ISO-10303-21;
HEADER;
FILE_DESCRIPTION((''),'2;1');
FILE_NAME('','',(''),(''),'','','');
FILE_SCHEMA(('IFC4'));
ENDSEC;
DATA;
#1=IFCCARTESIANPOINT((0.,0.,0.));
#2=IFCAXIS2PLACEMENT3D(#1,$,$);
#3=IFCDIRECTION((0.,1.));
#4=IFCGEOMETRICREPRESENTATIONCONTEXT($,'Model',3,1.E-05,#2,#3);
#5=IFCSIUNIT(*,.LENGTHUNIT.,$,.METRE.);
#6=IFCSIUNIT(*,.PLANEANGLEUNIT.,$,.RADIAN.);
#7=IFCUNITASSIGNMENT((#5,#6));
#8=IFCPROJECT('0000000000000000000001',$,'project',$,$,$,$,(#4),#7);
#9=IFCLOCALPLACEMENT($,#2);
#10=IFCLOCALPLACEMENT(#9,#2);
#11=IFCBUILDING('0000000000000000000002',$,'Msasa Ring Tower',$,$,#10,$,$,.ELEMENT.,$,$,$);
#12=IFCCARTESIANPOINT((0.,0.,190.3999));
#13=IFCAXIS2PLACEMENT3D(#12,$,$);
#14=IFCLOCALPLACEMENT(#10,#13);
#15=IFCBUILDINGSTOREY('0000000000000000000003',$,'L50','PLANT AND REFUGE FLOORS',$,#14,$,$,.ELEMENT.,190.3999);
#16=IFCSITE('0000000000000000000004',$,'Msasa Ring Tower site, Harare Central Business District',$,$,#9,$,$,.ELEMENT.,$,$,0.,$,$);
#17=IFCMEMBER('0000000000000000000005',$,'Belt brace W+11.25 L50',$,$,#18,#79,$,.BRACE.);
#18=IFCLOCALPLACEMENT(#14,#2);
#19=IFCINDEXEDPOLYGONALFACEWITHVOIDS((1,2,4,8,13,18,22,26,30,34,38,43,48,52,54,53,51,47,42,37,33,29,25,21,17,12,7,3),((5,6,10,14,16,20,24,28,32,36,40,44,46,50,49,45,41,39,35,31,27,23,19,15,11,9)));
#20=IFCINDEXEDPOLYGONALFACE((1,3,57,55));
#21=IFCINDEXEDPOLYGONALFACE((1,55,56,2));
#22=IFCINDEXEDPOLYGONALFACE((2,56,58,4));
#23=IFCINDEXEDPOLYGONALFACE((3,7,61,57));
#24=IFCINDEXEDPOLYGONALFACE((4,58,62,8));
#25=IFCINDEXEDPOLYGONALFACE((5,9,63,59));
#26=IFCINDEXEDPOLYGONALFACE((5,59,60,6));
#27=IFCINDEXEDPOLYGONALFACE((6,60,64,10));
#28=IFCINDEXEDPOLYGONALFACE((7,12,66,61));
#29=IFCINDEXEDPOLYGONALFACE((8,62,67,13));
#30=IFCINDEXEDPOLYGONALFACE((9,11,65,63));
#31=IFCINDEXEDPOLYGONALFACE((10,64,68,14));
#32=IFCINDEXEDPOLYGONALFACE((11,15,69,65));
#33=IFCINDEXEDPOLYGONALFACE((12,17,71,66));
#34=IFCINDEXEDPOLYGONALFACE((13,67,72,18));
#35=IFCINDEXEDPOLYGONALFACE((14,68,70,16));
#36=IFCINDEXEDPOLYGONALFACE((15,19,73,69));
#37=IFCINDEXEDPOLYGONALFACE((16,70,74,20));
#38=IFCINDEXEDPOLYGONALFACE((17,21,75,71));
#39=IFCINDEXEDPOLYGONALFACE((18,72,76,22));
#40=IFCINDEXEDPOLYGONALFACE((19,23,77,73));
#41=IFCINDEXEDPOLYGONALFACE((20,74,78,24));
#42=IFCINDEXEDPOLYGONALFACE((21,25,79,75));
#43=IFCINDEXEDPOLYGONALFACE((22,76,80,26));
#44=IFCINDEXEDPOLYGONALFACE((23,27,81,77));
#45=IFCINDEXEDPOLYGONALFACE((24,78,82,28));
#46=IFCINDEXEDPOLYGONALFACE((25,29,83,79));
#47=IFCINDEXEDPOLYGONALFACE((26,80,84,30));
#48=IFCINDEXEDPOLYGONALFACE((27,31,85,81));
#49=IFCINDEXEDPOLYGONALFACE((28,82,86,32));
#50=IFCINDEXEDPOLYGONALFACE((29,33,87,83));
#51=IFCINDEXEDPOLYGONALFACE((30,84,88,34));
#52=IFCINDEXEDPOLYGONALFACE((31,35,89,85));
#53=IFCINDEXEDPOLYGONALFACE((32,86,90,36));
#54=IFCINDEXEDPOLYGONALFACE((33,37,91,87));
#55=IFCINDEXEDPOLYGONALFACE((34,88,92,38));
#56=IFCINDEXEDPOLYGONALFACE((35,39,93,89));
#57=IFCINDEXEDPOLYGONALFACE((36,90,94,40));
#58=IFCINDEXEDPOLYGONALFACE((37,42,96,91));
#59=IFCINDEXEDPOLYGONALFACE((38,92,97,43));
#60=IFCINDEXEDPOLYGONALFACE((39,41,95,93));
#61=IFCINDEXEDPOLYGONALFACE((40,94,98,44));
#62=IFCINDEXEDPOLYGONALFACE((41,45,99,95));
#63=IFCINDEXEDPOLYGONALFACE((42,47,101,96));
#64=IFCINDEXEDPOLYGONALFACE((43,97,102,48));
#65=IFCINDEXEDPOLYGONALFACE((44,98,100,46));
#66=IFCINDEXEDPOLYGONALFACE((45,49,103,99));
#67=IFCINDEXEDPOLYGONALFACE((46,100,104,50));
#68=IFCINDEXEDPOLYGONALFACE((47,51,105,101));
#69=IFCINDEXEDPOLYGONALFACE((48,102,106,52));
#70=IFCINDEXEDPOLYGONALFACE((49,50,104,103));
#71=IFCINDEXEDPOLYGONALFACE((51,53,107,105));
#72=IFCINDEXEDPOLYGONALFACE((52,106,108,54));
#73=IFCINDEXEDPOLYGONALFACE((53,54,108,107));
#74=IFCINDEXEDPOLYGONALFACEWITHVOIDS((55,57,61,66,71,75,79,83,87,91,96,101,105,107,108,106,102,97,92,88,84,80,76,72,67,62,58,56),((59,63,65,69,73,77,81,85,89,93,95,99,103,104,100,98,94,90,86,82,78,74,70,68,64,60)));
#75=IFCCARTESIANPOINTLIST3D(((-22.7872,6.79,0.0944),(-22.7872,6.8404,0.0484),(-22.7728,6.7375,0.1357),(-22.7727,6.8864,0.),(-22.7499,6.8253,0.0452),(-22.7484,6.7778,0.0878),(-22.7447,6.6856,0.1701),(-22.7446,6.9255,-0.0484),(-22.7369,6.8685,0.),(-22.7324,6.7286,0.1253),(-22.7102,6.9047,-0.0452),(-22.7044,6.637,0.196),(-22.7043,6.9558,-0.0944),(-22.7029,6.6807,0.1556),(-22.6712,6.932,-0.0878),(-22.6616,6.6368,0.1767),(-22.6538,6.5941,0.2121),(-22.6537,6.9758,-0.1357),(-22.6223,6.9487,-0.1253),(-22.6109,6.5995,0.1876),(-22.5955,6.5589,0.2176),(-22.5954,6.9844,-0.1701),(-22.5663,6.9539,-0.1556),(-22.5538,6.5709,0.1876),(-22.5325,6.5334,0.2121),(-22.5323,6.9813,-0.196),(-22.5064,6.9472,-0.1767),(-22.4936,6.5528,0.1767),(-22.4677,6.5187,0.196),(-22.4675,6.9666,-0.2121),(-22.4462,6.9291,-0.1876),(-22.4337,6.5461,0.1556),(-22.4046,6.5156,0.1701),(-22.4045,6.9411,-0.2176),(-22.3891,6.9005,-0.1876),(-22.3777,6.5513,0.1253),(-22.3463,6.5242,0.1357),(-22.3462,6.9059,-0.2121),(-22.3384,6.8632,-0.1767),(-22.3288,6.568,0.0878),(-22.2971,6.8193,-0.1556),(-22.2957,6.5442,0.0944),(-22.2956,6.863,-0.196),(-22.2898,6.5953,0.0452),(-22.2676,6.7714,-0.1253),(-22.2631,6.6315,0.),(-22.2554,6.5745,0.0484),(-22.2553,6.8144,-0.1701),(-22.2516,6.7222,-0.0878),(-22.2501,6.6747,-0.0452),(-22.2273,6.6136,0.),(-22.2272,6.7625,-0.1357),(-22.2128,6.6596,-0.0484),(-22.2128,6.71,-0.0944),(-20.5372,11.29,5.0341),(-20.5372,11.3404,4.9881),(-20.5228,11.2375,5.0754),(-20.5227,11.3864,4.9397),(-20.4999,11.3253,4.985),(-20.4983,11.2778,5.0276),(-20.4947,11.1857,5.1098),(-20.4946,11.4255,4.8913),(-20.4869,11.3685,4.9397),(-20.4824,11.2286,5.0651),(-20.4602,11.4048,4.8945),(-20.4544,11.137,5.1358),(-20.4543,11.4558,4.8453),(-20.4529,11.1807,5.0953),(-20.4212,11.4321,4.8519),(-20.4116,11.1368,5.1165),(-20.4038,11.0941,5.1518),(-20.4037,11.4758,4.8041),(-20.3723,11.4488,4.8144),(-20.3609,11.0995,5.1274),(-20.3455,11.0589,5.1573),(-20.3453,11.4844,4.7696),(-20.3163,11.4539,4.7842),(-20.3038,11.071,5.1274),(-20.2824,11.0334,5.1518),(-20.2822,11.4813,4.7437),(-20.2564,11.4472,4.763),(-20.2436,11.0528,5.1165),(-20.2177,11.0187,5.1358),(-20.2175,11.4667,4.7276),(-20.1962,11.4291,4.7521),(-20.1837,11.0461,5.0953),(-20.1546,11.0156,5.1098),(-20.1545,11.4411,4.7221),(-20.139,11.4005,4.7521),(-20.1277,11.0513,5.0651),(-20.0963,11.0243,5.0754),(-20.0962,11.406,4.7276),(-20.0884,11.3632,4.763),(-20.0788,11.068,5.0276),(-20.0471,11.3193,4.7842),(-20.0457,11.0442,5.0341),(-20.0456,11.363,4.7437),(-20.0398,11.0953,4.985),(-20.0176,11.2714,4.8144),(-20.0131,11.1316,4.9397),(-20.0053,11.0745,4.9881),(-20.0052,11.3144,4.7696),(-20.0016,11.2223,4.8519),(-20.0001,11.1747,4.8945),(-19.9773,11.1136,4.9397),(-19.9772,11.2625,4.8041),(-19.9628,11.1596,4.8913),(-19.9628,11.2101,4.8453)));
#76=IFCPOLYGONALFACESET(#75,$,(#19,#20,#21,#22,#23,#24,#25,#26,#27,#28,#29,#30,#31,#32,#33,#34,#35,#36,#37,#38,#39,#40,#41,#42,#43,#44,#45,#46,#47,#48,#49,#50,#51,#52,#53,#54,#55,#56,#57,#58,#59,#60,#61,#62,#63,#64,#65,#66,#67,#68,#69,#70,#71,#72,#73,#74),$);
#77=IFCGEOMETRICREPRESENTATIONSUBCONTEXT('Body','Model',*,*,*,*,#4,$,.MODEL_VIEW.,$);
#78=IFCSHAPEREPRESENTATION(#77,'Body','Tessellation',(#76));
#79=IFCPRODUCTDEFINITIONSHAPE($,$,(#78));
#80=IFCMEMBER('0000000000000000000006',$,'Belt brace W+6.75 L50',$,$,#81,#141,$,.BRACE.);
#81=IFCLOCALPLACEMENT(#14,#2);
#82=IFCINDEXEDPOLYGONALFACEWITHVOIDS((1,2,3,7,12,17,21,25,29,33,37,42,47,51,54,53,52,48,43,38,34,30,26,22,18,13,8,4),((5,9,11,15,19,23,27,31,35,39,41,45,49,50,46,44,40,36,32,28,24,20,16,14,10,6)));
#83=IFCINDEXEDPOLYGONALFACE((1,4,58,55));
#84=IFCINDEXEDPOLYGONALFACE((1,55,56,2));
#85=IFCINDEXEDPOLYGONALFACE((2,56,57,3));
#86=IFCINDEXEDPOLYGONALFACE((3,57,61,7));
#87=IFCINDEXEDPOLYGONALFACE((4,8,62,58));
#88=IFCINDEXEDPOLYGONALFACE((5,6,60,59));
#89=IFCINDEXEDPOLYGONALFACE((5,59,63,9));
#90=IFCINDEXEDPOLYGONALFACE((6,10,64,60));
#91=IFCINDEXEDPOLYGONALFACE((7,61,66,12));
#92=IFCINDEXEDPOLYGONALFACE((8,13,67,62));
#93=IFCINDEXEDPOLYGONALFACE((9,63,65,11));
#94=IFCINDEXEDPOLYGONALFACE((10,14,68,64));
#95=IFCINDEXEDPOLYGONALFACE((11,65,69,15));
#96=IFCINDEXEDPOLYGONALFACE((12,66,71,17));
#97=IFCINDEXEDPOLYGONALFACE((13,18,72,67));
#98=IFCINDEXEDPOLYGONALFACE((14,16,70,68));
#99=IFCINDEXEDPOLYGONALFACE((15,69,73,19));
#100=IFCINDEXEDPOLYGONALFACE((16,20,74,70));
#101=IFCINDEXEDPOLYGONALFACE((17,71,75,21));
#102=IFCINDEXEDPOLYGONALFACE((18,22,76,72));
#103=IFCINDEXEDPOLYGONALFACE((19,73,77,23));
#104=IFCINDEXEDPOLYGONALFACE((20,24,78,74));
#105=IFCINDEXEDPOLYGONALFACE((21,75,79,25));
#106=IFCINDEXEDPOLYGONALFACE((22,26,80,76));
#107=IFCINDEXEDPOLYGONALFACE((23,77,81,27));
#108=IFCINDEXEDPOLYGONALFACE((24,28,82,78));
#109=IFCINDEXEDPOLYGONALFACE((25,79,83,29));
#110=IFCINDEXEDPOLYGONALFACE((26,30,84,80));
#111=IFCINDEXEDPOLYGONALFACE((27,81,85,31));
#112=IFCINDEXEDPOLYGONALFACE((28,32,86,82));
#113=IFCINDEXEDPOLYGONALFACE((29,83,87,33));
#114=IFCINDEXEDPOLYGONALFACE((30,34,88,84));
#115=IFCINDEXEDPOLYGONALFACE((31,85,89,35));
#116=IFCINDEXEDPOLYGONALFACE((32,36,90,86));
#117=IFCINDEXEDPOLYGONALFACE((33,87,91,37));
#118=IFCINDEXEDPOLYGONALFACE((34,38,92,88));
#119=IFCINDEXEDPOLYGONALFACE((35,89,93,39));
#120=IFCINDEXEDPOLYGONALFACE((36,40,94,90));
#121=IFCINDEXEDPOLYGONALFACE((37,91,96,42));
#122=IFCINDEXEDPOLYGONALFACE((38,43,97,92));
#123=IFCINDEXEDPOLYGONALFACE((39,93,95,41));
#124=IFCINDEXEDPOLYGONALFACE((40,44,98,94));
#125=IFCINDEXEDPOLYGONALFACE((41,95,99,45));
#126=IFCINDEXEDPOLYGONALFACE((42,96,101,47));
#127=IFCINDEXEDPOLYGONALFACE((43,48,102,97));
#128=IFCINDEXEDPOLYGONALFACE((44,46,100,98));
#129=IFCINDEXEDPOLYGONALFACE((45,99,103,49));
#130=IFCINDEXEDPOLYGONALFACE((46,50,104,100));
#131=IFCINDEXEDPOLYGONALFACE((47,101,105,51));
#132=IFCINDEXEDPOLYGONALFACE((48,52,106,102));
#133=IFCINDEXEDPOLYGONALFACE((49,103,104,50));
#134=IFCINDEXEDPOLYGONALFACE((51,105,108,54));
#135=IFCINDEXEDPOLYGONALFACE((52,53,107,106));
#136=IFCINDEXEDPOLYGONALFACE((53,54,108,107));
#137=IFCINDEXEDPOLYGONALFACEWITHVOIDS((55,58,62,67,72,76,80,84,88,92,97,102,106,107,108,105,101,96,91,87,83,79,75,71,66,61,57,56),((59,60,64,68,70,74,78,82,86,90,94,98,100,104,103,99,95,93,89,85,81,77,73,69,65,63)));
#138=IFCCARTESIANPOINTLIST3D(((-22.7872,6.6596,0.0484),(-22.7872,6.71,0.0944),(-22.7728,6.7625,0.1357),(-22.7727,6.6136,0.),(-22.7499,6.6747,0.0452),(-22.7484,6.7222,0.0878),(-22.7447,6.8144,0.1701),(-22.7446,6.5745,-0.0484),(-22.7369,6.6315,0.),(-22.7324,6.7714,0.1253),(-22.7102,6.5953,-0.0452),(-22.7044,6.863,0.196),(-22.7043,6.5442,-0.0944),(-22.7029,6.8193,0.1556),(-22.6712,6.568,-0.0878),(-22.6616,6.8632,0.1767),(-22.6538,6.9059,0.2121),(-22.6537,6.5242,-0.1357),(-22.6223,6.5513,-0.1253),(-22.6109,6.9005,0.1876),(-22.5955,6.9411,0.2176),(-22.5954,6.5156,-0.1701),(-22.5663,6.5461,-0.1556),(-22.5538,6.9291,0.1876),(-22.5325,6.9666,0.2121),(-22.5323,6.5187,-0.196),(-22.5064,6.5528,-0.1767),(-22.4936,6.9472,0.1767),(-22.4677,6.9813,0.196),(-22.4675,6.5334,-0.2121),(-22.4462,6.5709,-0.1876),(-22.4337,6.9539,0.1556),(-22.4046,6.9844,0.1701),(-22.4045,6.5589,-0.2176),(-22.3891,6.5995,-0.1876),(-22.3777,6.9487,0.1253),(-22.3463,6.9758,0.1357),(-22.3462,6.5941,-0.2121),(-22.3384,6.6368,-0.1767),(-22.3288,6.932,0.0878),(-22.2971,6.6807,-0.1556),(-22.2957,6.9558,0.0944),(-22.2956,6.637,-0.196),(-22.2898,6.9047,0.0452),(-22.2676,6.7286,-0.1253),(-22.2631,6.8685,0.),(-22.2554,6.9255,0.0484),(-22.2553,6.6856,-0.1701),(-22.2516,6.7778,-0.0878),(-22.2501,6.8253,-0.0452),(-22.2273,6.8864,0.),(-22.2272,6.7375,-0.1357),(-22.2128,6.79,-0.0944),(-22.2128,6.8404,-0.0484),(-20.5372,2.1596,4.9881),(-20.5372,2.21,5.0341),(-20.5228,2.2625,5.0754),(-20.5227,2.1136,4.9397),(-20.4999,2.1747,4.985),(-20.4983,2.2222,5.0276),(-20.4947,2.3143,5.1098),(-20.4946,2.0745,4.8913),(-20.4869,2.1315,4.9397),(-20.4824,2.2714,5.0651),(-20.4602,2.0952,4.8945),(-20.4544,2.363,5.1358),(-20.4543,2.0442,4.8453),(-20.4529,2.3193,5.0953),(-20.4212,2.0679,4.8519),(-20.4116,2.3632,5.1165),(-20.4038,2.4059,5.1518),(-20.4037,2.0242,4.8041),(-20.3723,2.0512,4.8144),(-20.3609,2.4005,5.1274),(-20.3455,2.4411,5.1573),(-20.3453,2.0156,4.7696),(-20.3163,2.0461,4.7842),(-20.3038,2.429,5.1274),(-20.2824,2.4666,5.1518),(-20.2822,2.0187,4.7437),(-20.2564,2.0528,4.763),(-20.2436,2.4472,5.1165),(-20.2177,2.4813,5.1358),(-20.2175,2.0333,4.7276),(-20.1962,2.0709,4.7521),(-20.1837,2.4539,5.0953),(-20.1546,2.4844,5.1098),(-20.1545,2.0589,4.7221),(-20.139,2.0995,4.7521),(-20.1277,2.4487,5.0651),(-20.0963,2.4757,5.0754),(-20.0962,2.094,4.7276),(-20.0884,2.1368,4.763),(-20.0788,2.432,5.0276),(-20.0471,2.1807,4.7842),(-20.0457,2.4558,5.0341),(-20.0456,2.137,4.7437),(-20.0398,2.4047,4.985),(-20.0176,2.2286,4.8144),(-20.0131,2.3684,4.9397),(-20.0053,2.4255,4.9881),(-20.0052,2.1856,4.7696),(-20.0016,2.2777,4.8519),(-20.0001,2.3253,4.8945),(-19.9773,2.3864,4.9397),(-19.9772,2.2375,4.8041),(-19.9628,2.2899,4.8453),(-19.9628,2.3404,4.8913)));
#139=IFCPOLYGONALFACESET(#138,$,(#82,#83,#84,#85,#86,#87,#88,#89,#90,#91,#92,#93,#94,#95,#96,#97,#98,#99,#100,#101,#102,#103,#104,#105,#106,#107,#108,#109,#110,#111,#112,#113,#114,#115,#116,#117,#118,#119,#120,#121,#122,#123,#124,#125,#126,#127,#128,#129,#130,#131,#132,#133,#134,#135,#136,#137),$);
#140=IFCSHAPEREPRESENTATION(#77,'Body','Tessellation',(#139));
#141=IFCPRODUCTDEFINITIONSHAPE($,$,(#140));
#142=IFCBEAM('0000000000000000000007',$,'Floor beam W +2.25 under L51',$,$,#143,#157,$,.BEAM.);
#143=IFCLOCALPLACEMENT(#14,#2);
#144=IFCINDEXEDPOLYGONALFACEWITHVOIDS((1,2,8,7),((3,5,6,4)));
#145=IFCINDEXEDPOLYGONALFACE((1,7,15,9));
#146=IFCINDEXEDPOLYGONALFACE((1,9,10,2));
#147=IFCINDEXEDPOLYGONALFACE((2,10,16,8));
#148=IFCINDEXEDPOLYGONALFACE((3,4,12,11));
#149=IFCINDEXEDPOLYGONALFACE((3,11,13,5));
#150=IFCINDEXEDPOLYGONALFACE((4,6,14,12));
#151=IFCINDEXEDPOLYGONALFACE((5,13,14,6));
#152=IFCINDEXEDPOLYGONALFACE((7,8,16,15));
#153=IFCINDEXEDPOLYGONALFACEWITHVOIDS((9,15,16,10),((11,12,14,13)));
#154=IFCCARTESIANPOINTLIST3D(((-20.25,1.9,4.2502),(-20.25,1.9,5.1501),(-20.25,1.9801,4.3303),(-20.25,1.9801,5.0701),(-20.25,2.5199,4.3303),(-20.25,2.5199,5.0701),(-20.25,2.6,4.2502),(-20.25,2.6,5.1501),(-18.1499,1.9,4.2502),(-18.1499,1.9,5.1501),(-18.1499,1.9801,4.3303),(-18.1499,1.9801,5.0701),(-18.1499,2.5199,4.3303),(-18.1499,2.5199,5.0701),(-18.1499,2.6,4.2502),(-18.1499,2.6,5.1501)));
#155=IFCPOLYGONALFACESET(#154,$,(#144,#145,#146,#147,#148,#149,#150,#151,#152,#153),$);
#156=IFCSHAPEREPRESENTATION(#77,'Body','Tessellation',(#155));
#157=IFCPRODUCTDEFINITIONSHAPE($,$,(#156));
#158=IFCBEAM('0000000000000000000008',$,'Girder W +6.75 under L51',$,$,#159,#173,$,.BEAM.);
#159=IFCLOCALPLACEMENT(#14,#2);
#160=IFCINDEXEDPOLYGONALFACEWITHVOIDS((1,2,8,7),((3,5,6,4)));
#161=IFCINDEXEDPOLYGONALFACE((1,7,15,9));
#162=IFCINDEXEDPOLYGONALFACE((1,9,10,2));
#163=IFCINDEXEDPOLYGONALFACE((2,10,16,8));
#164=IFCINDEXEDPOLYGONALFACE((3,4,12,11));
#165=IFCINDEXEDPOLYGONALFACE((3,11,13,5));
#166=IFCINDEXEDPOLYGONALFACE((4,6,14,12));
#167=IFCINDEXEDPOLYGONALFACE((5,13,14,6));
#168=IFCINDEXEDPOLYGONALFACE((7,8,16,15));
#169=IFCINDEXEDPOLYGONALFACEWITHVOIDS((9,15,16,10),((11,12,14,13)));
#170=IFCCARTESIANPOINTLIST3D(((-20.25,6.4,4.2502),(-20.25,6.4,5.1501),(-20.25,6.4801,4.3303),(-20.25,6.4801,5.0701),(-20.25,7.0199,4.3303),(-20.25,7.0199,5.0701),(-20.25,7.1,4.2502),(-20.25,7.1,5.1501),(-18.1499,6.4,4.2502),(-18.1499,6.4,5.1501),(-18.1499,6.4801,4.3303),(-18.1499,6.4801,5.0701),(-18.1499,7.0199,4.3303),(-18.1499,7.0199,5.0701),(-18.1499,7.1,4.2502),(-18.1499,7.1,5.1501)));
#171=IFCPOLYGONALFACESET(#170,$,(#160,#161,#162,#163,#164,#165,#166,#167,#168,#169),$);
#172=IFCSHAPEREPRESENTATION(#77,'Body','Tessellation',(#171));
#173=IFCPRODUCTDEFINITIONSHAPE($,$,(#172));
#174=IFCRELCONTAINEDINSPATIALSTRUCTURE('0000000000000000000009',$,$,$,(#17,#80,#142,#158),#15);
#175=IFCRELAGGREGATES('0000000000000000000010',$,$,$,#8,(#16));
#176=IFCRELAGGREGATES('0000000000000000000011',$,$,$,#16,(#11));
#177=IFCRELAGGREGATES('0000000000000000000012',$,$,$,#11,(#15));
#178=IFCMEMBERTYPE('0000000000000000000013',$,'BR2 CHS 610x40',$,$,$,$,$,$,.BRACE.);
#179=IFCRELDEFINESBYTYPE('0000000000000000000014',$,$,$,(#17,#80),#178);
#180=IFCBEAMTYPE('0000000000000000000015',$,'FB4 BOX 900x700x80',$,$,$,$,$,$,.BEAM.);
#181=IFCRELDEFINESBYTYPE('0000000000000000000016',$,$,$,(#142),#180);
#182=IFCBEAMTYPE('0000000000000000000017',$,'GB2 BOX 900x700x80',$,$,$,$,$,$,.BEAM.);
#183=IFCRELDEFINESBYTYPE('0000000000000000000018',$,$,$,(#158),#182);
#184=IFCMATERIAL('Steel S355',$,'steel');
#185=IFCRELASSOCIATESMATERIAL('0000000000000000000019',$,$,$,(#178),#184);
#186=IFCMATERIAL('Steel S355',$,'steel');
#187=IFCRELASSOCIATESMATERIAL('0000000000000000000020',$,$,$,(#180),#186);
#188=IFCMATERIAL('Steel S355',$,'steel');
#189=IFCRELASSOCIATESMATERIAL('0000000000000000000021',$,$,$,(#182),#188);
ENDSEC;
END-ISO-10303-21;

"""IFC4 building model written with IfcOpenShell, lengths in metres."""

from ifc_helpers import new_model, si_unit, direction, frame, origin, origin_2d, place, context, subcontext, project, spatial, hollow_rectangle, hollow_circle, extrude, material, material_profile, profile_set, type_object, element, save


model = new_model("IFC4")

# Units and contexts
model_context = context("Model", 3, precision=1e-05, world=origin(), true_north=direction((0.0, 1.0)))
body_context = subcontext(model_context, "Body", "Model", "MODEL_VIEW")
ifc_project = project(units=[si_unit("LENGTHUNIT", "METRE"), si_unit("PLANEANGLEUNIT", "RADIAN")], contexts=[model_context])

# Site, building, storey
site_placement = place(None, origin())
site = spatial("IfcSite", under=ifc_project, at=site_placement, Name="Msasa Ring Tower site, Harare Central Business District", CompositionType="ELEMENT", RefElevation=0.0)
building_placement = place(site_placement, origin())
building = spatial("IfcBuilding", under=site, at=building_placement, Name="Msasa Ring Tower", CompositionType="ELEMENT")
storey_placement = place(building_placement, frame((0.0, 0.0, 190.3999)))
storey = spatial("IfcBuildingStorey", under=building, at=storey_placement, Name="L50", Description="PLANT AND REFUGE FLOORS", CompositionType="ELEMENT", Elevation=190.3999)

# Members
ifc_material_1 = material(Name="Steel S355", Category="steel")
ifc_material_profile_1 = material_profile(ifc_material_1, hollow_circle(Radius=0.3049, WallThickness=0.04, at=origin_2d()), Name="CHS 610x40")
ifc_profile_set_1 = profile_set([ifc_material_profile_1], Name="Steel S355")
member_type = type_object("IfcMemberType", Name="BR2 CHS 610x40", PredefinedType="BRACE", material=ifc_profile_set_1)
for number, where, z_axis, x_axis, name in (
    (1, (-22.5, 6.75, 0.0), (0.319115, 0.63823, 0.700592), (-0.894427, 0.447214, 0.0), "Belt brace W+11.25 L50"),
    (2, (-22.5, 6.75, 0.0), (0.319115, -0.63823, 0.700592), (0.894427, 0.447214, 0.0), "Belt brace W+6.75 L50"),
):
    element("IfcMember", number, at=place(storey_placement, frame(where, z_axis=z_axis, x_axis=x_axis)), inside=storey, type_object=member_type, Name=name, PredefinedType="BRACE", context=body_context, shape_type="SweptSolid", body=[
        extrude(hollow_circle(Radius=0.3049, WallThickness=0.04, at=origin_2d()), origin(), (0.0, 0.0, 1.0), 7.0508),
    ])

# Beams
ifc_material_2 = material(Name="Steel S355", Category="steel")
ifc_material_profile_2 = material_profile(ifc_material_2, hollow_rectangle(XDim=0.7, YDim=0.8999, WallThickness=0.0801, at=origin_2d()), Name="BOX 900x700x80")
ifc_profile_set_2 = profile_set([ifc_material_profile_2], Name="Steel S355")
beam_type_1 = type_object("IfcBeamType", Name="FB4 BOX 900x700x80", PredefinedType="BEAM", material=ifc_profile_set_2)
beam_1_placement = place(storey_placement, frame((-20.25, 2.25, 4.7002), z_axis=(1.0, 0.0, 0.0), x_axis=(0.0, 1.0, 0.0)))
element("IfcBeam", 3, at=beam_1_placement, inside=storey, type_object=beam_type_1, Name="Floor beam W +2.25 under L51", PredefinedType="BEAM", context=body_context, shape_type="SweptSolid", body=[
    extrude(hollow_rectangle(XDim=0.7, YDim=0.8999, WallThickness=0.0801, at=origin_2d()), origin(), (0.0, 0.0, 1.0), 2.1001),
])
ifc_material_3 = material(Name="Steel S355", Category="steel")
ifc_material_profile_3 = material_profile(ifc_material_3, hollow_rectangle(XDim=0.7, YDim=0.8999, WallThickness=0.0801, at=origin_2d()), Name="BOX 900x700x80")
ifc_profile_set_3 = profile_set([ifc_material_profile_3], Name="Steel S355")
beam_type_2 = type_object("IfcBeamType", Name="GB2 BOX 900x700x80", PredefinedType="BEAM", material=ifc_profile_set_3)
beam_2_placement = place(storey_placement, frame((-18.1499, 6.75, 4.7002), z_axis=(-1.0, 0.0, 0.0), x_axis=(0.0, -1.0, 0.0)))
element("IfcBeam", 4, at=beam_2_placement, inside=storey, type_object=beam_type_2, Name="Girder W +6.75 under L51", PredefinedType="BEAM", context=body_context, shape_type="SweptSolid", body=[
    extrude(hollow_rectangle(XDim=0.7, YDim=0.8999, WallThickness=0.0801, at=origin_2d()), origin(), (0.0, 0.0, 1.0), 2.1001),
])

save(model, "model.ifc")
